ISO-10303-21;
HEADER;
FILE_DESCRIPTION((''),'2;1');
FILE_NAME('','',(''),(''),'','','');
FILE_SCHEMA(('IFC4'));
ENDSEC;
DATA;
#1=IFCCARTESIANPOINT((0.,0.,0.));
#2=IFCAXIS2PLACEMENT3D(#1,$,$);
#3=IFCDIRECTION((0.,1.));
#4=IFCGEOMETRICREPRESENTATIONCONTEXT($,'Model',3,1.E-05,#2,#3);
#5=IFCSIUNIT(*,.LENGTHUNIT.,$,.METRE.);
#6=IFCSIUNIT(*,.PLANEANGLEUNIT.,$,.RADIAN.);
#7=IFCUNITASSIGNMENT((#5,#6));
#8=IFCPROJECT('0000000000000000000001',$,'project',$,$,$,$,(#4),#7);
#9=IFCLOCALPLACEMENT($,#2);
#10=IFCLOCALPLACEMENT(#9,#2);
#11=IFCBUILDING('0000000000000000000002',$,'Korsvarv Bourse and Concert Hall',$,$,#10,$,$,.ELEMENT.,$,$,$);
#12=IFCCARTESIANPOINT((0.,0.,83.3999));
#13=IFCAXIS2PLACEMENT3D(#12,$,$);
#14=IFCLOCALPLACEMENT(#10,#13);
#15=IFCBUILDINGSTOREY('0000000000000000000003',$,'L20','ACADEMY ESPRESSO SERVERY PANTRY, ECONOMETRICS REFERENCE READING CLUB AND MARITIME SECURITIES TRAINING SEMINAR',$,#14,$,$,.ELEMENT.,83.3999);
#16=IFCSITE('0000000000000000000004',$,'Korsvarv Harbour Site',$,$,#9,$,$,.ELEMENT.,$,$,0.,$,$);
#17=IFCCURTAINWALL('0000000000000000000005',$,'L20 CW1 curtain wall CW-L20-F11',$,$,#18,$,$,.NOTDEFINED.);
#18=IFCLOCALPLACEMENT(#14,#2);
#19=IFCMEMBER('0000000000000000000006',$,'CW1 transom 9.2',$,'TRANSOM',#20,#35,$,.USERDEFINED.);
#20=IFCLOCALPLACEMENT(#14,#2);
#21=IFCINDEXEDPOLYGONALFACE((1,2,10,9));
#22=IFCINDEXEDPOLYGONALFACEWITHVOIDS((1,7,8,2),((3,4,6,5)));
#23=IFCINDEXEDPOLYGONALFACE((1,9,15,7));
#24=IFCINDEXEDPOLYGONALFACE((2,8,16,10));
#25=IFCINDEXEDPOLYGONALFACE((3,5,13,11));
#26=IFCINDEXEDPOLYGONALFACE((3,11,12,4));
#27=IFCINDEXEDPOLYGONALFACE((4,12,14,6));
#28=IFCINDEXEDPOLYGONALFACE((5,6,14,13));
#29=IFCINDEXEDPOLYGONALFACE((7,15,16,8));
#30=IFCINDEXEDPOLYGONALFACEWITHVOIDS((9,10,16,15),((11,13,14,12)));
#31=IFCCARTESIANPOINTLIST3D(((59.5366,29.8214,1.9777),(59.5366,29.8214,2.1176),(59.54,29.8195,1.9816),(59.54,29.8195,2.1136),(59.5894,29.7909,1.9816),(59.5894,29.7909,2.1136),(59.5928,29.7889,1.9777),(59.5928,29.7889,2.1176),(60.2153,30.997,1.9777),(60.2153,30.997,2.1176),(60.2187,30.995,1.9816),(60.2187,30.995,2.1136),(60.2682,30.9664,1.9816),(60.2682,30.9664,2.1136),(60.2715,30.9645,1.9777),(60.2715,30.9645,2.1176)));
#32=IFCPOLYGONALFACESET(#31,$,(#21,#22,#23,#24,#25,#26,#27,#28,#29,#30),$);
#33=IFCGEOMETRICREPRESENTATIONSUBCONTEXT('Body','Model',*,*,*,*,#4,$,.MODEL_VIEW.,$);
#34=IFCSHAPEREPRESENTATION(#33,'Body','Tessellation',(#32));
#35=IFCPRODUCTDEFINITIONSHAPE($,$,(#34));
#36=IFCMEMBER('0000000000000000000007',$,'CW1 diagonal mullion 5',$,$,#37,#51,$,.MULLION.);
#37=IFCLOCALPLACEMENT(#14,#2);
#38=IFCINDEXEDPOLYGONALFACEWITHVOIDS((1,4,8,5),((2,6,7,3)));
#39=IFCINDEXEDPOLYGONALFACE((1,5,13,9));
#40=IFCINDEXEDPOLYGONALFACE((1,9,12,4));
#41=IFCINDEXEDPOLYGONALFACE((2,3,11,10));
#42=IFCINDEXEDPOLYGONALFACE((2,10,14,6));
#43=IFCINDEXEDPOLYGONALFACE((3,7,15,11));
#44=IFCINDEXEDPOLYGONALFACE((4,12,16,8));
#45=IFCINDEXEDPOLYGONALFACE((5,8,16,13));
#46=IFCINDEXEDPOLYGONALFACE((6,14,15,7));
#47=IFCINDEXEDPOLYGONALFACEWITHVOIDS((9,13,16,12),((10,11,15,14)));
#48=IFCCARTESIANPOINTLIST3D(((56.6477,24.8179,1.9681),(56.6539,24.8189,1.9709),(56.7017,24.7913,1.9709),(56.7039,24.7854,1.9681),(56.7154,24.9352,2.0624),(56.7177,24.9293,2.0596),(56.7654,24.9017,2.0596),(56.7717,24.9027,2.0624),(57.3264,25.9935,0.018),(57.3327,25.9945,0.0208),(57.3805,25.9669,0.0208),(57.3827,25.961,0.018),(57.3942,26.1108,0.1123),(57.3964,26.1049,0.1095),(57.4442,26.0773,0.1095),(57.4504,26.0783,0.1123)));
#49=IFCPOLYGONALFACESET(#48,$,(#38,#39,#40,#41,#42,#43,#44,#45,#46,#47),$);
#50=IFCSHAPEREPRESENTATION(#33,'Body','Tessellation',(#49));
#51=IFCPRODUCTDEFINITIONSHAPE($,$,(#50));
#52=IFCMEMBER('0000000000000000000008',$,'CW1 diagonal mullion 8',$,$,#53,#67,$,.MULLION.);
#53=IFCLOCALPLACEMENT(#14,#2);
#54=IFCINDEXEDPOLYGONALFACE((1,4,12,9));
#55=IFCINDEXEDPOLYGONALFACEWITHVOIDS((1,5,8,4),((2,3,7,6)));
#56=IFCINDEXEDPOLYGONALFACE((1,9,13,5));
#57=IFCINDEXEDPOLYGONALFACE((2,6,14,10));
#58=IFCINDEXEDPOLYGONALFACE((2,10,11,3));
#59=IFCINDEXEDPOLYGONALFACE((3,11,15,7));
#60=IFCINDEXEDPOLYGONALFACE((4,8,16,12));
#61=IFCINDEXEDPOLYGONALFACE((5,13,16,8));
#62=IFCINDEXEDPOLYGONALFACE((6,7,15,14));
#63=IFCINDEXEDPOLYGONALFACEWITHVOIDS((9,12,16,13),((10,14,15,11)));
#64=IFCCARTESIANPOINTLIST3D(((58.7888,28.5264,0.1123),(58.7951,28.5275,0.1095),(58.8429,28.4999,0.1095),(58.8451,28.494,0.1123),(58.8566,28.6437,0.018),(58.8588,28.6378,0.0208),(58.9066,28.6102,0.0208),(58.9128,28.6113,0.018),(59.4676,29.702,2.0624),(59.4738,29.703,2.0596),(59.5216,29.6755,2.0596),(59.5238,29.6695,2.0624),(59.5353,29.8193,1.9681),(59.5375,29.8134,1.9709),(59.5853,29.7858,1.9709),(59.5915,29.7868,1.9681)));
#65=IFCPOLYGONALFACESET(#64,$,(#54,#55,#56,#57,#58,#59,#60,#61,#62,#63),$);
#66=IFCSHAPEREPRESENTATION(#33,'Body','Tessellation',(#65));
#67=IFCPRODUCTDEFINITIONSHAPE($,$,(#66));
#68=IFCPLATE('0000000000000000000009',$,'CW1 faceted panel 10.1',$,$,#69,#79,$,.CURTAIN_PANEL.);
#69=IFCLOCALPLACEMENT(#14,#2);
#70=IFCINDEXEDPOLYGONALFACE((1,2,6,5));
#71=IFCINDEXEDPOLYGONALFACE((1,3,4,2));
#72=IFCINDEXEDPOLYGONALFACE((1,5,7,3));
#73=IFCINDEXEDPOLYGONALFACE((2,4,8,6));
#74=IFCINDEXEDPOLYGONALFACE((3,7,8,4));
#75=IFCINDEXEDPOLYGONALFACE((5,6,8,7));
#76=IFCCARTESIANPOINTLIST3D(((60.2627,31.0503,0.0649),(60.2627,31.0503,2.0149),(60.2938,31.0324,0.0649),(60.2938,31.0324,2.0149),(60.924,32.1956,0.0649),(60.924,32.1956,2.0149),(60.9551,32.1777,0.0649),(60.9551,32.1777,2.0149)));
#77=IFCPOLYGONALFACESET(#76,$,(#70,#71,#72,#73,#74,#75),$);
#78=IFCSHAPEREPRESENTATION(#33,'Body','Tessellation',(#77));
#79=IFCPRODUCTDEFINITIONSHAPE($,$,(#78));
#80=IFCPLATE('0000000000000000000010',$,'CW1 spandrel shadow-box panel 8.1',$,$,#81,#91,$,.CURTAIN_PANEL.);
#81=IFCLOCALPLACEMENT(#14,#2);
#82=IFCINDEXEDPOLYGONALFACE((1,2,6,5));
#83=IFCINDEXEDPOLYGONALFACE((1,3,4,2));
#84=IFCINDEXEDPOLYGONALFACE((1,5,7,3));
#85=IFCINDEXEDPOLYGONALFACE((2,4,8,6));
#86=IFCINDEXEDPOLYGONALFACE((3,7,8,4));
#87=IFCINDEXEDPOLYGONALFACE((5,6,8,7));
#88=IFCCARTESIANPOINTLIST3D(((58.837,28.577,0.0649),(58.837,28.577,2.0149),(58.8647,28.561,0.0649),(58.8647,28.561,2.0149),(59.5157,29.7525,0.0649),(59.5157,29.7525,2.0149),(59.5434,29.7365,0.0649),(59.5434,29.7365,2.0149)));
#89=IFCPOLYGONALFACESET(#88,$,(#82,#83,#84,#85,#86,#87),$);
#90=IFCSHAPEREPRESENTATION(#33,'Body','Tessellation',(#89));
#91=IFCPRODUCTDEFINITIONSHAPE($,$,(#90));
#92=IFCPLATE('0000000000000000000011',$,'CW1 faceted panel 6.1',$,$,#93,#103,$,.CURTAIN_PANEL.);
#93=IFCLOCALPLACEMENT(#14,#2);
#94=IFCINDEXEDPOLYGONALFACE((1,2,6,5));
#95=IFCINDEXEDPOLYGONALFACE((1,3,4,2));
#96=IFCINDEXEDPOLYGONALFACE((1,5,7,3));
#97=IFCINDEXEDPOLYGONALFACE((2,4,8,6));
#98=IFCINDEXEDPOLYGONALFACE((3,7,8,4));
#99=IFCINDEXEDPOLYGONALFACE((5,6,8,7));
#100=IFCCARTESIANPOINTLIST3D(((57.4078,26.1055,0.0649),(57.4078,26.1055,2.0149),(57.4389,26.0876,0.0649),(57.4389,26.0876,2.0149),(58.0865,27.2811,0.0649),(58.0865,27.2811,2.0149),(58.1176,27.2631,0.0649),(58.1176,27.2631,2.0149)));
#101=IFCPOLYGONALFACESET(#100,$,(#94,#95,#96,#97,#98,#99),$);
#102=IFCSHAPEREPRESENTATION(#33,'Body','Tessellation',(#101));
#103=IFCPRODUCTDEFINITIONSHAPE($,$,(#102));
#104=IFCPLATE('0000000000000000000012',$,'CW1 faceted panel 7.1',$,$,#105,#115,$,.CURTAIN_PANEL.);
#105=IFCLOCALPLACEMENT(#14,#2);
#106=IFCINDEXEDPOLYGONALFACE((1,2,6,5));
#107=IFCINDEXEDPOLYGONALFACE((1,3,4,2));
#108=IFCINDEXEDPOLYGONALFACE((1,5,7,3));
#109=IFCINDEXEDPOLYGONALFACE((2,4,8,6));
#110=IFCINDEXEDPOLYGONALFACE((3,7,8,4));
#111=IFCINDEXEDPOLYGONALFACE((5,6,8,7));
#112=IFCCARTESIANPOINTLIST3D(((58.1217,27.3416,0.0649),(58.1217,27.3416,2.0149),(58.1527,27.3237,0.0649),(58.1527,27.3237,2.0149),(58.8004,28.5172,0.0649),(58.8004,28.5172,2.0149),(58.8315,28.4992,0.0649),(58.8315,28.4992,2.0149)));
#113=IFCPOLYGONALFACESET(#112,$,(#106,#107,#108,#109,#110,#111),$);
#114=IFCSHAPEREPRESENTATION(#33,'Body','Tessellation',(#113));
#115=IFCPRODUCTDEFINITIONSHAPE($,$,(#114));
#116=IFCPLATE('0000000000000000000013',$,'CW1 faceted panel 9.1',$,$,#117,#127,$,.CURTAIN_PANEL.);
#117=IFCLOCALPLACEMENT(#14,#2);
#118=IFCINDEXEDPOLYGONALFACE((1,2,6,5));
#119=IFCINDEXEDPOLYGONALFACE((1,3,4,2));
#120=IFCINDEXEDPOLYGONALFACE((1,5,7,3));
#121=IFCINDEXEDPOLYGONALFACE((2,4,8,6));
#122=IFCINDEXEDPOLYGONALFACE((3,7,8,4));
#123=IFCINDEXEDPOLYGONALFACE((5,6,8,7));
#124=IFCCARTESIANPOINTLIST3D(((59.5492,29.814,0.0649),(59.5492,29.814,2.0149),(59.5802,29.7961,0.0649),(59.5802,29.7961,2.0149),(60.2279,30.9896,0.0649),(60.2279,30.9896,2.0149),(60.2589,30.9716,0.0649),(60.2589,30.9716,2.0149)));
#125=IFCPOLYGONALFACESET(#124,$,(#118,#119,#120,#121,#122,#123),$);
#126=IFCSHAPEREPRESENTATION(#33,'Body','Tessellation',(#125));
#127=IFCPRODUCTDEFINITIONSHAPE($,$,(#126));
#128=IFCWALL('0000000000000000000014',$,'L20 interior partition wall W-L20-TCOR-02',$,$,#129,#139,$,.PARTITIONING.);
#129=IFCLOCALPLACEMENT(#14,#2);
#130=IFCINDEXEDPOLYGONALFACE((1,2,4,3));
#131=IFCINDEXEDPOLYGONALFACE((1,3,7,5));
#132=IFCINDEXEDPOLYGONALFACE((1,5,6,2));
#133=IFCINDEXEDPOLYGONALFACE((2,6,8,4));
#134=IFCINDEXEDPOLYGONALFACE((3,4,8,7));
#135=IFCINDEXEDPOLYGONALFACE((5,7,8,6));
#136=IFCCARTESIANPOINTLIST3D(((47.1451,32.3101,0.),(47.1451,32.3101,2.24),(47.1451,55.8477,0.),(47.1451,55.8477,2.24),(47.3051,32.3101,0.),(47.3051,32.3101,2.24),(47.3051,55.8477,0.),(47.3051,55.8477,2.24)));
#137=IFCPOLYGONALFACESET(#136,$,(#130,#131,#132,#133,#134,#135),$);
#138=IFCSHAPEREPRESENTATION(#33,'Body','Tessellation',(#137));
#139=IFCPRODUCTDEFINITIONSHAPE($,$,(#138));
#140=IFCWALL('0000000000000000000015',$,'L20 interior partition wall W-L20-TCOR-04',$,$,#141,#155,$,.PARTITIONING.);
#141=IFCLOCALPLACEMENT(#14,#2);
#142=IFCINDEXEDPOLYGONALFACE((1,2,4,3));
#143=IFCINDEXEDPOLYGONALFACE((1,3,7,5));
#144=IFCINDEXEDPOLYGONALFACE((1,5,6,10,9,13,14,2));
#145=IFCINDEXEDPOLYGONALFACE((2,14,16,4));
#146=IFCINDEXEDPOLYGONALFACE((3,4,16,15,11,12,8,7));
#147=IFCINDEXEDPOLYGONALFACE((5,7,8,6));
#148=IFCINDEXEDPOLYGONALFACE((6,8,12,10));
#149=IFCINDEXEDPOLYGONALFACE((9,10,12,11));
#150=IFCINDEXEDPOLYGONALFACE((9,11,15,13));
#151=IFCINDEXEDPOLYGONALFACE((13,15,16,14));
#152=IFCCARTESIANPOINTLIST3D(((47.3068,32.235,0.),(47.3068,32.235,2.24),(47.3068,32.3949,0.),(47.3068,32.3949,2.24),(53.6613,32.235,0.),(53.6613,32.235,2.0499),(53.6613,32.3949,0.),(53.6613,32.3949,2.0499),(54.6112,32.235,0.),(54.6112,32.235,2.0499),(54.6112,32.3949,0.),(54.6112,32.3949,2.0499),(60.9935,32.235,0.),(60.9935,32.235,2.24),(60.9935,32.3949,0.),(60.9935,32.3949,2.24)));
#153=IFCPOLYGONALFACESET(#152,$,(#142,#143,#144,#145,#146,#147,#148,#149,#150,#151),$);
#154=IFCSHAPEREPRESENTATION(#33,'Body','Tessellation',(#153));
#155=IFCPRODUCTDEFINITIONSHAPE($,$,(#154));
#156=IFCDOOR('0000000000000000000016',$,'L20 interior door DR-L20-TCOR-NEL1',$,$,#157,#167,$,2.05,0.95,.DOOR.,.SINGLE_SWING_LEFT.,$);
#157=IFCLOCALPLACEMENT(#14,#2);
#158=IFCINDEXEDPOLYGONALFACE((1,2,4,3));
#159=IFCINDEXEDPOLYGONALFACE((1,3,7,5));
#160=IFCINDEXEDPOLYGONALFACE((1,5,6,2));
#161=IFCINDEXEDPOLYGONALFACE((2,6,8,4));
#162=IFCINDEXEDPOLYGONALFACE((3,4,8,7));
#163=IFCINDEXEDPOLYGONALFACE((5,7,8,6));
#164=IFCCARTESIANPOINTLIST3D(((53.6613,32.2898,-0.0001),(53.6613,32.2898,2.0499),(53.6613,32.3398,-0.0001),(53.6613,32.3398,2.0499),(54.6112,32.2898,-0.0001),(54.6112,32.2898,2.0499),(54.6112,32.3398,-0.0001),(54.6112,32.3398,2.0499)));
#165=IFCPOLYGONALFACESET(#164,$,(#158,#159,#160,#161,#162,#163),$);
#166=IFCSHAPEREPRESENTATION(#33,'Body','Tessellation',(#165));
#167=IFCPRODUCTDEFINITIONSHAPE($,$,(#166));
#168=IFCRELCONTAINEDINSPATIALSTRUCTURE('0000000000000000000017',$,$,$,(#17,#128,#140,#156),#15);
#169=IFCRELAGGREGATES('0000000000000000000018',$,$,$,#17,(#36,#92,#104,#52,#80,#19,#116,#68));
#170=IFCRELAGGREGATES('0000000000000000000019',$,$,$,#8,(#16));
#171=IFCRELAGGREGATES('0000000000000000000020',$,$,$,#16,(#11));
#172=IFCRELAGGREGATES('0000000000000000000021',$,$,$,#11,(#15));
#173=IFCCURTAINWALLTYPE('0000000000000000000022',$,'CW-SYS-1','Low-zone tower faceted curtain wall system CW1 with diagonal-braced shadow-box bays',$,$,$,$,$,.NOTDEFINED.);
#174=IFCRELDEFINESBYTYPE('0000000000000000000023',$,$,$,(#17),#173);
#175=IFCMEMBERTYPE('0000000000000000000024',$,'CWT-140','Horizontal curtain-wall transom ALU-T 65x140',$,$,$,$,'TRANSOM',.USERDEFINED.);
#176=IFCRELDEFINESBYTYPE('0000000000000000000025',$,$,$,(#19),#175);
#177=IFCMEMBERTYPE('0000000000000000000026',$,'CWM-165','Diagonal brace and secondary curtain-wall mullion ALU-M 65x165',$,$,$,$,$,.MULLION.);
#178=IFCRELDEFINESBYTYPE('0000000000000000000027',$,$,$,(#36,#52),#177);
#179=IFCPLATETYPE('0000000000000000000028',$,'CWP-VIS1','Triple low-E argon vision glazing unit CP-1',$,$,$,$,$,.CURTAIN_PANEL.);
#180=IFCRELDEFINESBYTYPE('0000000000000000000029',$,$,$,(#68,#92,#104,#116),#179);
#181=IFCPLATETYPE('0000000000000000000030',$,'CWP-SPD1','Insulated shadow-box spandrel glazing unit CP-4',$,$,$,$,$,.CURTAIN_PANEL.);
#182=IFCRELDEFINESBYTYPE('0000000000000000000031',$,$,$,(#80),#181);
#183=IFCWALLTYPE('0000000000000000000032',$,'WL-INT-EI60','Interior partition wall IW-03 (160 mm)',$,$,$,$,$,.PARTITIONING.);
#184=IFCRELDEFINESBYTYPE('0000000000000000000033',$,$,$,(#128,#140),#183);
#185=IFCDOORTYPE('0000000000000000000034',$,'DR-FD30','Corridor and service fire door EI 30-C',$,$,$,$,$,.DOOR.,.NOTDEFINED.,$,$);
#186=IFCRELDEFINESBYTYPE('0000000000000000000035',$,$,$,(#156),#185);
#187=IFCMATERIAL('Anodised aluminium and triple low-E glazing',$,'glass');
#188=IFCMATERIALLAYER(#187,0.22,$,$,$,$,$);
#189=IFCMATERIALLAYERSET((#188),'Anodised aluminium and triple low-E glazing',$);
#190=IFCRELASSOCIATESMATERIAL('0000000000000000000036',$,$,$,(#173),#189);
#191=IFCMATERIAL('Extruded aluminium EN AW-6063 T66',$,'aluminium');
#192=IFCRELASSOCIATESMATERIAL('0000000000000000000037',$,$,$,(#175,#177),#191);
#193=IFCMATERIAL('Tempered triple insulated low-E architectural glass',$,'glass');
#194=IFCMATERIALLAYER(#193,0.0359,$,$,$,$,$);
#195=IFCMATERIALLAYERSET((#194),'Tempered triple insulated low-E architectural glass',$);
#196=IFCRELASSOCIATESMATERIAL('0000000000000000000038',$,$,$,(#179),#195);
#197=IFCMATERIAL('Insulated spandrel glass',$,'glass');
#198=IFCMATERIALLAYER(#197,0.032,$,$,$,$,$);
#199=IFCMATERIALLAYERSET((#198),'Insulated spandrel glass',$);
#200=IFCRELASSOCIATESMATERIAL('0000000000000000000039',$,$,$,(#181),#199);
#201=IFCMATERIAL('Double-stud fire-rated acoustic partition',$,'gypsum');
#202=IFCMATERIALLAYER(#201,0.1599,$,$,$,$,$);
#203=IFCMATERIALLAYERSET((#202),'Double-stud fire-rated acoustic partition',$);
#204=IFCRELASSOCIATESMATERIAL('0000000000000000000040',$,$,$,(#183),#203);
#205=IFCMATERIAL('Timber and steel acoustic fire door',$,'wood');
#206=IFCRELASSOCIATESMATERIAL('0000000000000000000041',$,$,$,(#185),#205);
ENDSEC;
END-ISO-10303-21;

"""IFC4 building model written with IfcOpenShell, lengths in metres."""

from ifc_helpers import new_model, si_unit, direction, frame, frame_2d, origin, origin_2d, place, context, subcontext, project, spatial, rectangle, hollow_rectangle, extrude, source, transform, mapped, material, layer, layer_set, material_profile, profile_set, type_object, element, fill, aggregate, save


model = new_model("IFC4")

# Units and contexts
model_context = context("Model", 3, precision=1e-05, world=origin(), true_north=direction((0.0, 1.0)))
body_context = subcontext(model_context, "Body", "Model", "MODEL_VIEW")
ifc_project = project(units=[si_unit("LENGTHUNIT", "METRE"), si_unit("PLANEANGLEUNIT", "RADIAN")], contexts=[model_context])

# Site, building, storey
site_placement = place(None, origin())
site = spatial("IfcSite", under=ifc_project, at=site_placement, Name="Korsvarv Harbour Site", CompositionType="ELEMENT", RefElevation=0.0)
building_placement = place(site_placement, origin())
building = spatial("IfcBuilding", under=site, at=building_placement, Name="Korsvarv Bourse and Concert Hall", CompositionType="ELEMENT")
storey_placement = place(building_placement, frame((0.0, 0.0, 83.3999)))
storey = spatial("IfcBuildingStorey", under=building, at=storey_placement, Name="L20", Description="ACADEMY ESPRESSO SERVERY PANTRY, ECONOMETRICS REFERENCE READING CLUB AND MARITIME SECURITIES TRAINING SEMINAR", CompositionType="ELEMENT", Elevation=83.3999)

# Curtain wall, members, plates
ifc_material_1 = material(Name="Anodised aluminium and triple low-E glazing", Category="glass")
ifc_layer_1 = layer(ifc_material_1, 0.22)
ifc_layer_set_1 = layer_set([ifc_layer_1], Name="Anodised aluminium and triple low-E glazing")
curtain_wall_type = type_object("IfcCurtainWallType", Name="CW-SYS-1", Description="Low-zone tower faceted curtain wall system CW1 with diagonal-braced shadow-box bays", PredefinedType="NOTDEFINED", material=ifc_layer_set_1)
curtain_wall_placement = place(storey_placement, origin())
curtain_wall = element("IfcCurtainWall", 1, at=curtain_wall_placement, inside=storey, type_object=curtain_wall_type, Name="L20 CW1 curtain wall CW-L20-F11", PredefinedType="NOTDEFINED")
ifc_material_2 = material(Name="Extruded aluminium EN AW-6063 T66", Category="aluminium")
ifc_material_profile_1 = material_profile(ifc_material_2, hollow_rectangle(XDim=0.0649, YDim=0.1399, WallThickness=0.0039, at=origin_2d()), Name="ALU-T 65x140")
ifc_profile_set_1 = profile_set([ifc_material_profile_1], Name="Extruded aluminium EN AW-6063 T66")
member_type_1 = type_object("IfcMemberType", Name="CWT-140", Description="Horizontal curtain-wall transom ALU-T 65x140", ElementType="TRANSOM", PredefinedType="USERDEFINED", material=ifc_profile_set_1)
shared_shape_1 = source(origin(), body_context, "Body", "SweptSolid", [
    extrude(hollow_rectangle(XDim=0.0649, YDim=0.1399, WallThickness=0.0039, at=origin_2d()), origin(), (0.0, 0.0, 1.0), 1.3574),
])
member_1_placement = place(storey_placement, frame((59.5647, 29.8052, 2.0476), z_axis=(0.500008, 0.866021, 0.0), x_axis=(-0.866021, 0.500008, 0.0)))
member_1 = element("IfcMember", 2, at=member_1_placement, type_object=member_type_1, Name="CW1 transom 9.2", ObjectType="TRANSOM", PredefinedType="USERDEFINED", context=body_context, shape_type="MappedRepresentation", body=[
    mapped(shared_shape_1, transform((0.0, 0.0, 0.0), scale=1.0)),
])
ifc_material_profile_2 = material_profile(ifc_material_2, hollow_rectangle(XDim=0.0649, YDim=0.165, WallThickness=0.0049, at=origin_2d()), Name="ALU-M 65x165")
ifc_profile_set_2 = profile_set([ifc_material_profile_2], Name="Extruded aluminium EN AW-6063 T66")
member_type_2 = type_object("IfcMemberType", Name="CWM-165", Description="Diagonal brace and secondary curtain-wall mullion ALU-M 65x165", PredefinedType="MULLION", material=ifc_profile_set_2)
shared_shape_2 = source(origin(), body_context, "Body", "SweptSolid", [
    extrude(hollow_rectangle(XDim=0.0649, YDim=0.165, WallThickness=0.0049, at=origin_2d()), origin(), (0.0, 0.0, 1.0), 2.376),
])
member_2_placement = place(storey_placement, frame((57.3884, 26.0359, 0.0652), z_axis=(-0.285666, -0.494778, 0.820725), x_axis=(0.866021, -0.500008, 0.0)))
member_2 = element("IfcMember", 3, at=member_2_placement, type_object=member_type_2, Name="CW1 diagonal mullion 5", PredefinedType="MULLION", context=body_context, shape_type="MappedRepresentation", body=[
    mapped(shared_shape_2, transform((0.0, 0.0, 0.0), scale=1.0)),
])
member_3_placement = place(storey_placement, frame((58.8508, 28.5688, 0.0652), z_axis=(0.285666, 0.494778, 0.820725), x_axis=(-0.866021, 0.500008, 0.0)))
member_3 = element("IfcMember", 4, at=member_3_placement, type_object=member_type_2, Name="CW1 diagonal mullion 8", PredefinedType="MULLION", context=body_context, shape_type="MappedRepresentation", body=[
    mapped(shared_shape_2, transform((0.0, 0.0, 0.0), scale=1.0)),
])
ifc_material_3 = material(Name="Tempered triple insulated low-E architectural glass", Category="glass")
ifc_layer_2 = layer(ifc_material_3, 0.0359)
ifc_layer_set_2 = layer_set([ifc_layer_2], Name="Tempered triple insulated low-E architectural glass")
plate_type_1 = type_object("IfcPlateType", Name="CWP-VIS1", Description="Triple low-E argon vision glazing unit CP-1", PredefinedType="CURTAIN_PANEL", material=ifc_layer_set_2)
shared_shape_3 = source(origin(), body_context, "Body", "SweptSolid", [
    extrude(rectangle(XDim=1.3225, YDim=0.0359, at=origin_2d()), origin(), (0.0, 0.0, 1.0), 1.95),
])
plate_1_placement = place(storey_placement, frame((60.6089, 31.614, 0.0649), z_axis=(0.0, 0.0, 1.0), x_axis=(0.500002, 0.866024, 0.0)))
plate_1 = element("IfcPlate", 5, at=plate_1_placement, type_object=plate_type_1, Name="CW1 faceted panel 10.1", PredefinedType="CURTAIN_PANEL", context=body_context, shape_type="MappedRepresentation", body=[
    mapped(shared_shape_3, transform((0.0, 0.0, 0.0), scale=1.0)),
])
ifc_material_4 = material(Name="Insulated spandrel glass", Category="glass")
ifc_layer_3 = layer(ifc_material_4, 0.032)
ifc_layer_set_3 = layer_set([ifc_layer_3], Name="Insulated spandrel glass")
plate_type_2 = type_object("IfcPlateType", Name="CWP-SPD1", Description="Insulated shadow-box spandrel glazing unit CP-4", PredefinedType="CURTAIN_PANEL", material=ifc_layer_set_3)
shared_shape_4 = source(origin(), body_context, "Body", "SweptSolid", [
    extrude(rectangle(XDim=1.3574, YDim=0.032, at=origin_2d()), origin(), (0.0, 0.0, 1.0), 1.95),
])
plate_2_placement = place(storey_placement, frame((59.1902, 29.1567, 0.0649), z_axis=(0.0, 0.0, 1.0), x_axis=(0.500002, 0.866024, 0.0)))
plate_2 = element("IfcPlate", 6, at=plate_2_placement, type_object=plate_type_2, Name="CW1 spandrel shadow-box panel 8.1", PredefinedType="CURTAIN_PANEL", context=body_context, shape_type="MappedRepresentation", body=[
    mapped(shared_shape_4, transform((0.0, 0.0, 0.0), scale=1.0)),
])
shared_shape_5 = source(origin(), body_context, "Body", "SweptSolid", [
    extrude(rectangle(XDim=1.3574, YDim=0.0359, at=origin_2d()), origin(), (0.0, 0.0, 1.0), 1.95),
])
plate_3_placement = place(storey_placement, frame((57.7627, 26.6843, 0.0649), z_axis=(0.0, 0.0, 1.0), x_axis=(0.500002, 0.866024, 0.0)))
plate_3 = element("IfcPlate", 7, at=plate_3_placement, type_object=plate_type_1, Name="CW1 faceted panel 6.1", PredefinedType="CURTAIN_PANEL", context=body_context, shape_type="MappedRepresentation", body=[
    mapped(shared_shape_5, transform((0.0, 0.0, 0.0), scale=1.0)),
])
plate_4_placement = place(storey_placement, frame((58.4766, 27.9204, 0.0649), z_axis=(0.0, 0.0, 1.0), x_axis=(0.500002, 0.866024, 0.0)))
plate_4 = element("IfcPlate", 8, at=plate_4_placement, type_object=plate_type_1, Name="CW1 faceted panel 7.1", PredefinedType="CURTAIN_PANEL", context=body_context, shape_type="MappedRepresentation", body=[
    mapped(shared_shape_5, transform((0.0, 0.0, 0.0), scale=1.0)),
])
plate_5_placement = place(storey_placement, frame((59.9041, 30.3928, 0.0649), z_axis=(0.0, 0.0, 1.0), x_axis=(0.500002, 0.866024, 0.0)))
plate_5 = element("IfcPlate", 9, at=plate_5_placement, type_object=plate_type_1, Name="CW1 faceted panel 9.1", PredefinedType="CURTAIN_PANEL", context=body_context, shape_type="MappedRepresentation", body=[
    mapped(shared_shape_5, transform((0.0, 0.0, 0.0), scale=1.0)),
])
aggregate(curtain_wall, [member_2, plate_3, plate_4, member_3, plate_2, member_1, plate_5, plate_1])

# Wall
ifc_material_5 = material(Name="Double-stud fire-rated acoustic partition", Category="gypsum")
ifc_layer_4 = layer(ifc_material_5, 0.1599)
ifc_layer_set_4 = layer_set([ifc_layer_4], Name="Double-stud fire-rated acoustic partition")
wall_type_1 = type_object("IfcWallType", Name="WL-INT-EI60", Description="Interior partition wall IW-03 (160 mm)", PredefinedType="PARTITIONING", material=ifc_layer_set_4)
wall_1_placement = place(storey_placement, frame((47.2251, 32.3101, 0.0), z_axis=(0.0, 0.0, 1.0), x_axis=(0.0, 1.0, 0.0)))
element("IfcWall", 10, at=wall_1_placement, inside=storey, type_object=wall_type_1, Name="L20 interior partition wall W-L20-TCOR-02", PredefinedType="PARTITIONING", context=body_context, shape_type="SweptSolid", body=[
    extrude(rectangle(XDim=23.5376, YDim=0.1599, at=frame_2d((11.7688, 0.0))), origin(), (0.0, 0.0, 1.0), 2.24),
])

# Wall, opening, door
wall_2_placement = place(storey_placement, frame((47.3069, 32.3149, 0.0), z_axis=(0.0, 0.0, 1.0), x_axis=(1.0, 0.0, 0.0)))
wall_2 = element("IfcWall", 11, at=wall_2_placement, inside=storey, type_object=wall_type_1, Name="L20 interior partition wall W-L20-TCOR-04", PredefinedType="PARTITIONING", context=body_context, shape_type="SweptSolid", body=[
    extrude(rectangle(XDim=13.6868, YDim=0.1599, at=frame_2d((6.8433, 0.0))), origin(), (0.0, 0.0, 1.0), 2.24),
])
opening_placement = place(wall_2_placement, frame((6.3542, 0.0, 0.0)))
opening = element("IfcOpeningElement", 12, at=opening_placement, cuts=wall_2, PredefinedType="OPENING", context=body_context, shape_type="SweptSolid", body=[
    extrude(rectangle(XDim=0.95, YDim=2.05, at=frame_2d((0.4751, 1.0249))), frame((0.0, 0.0898, 0.0), z_axis=(0.0, -1.0, 0.0), x_axis=(1.0, 0.0, 0.0)), (0.0, 0.0, 1.0), 0.1799),
])
ifc_material_6 = material(Name="Timber and steel acoustic fire door", Category="wood")
door_type = type_object("IfcDoorType", Name="DR-FD30", Description="Corridor and service fire door EI 30-C", OperationType="NOTDEFINED", PredefinedType="DOOR", material=ifc_material_6)
door_placement = place(opening_placement, origin())
door = element("IfcDoor", 13, at=door_placement, inside=storey, type_object=door_type, Name="L20 interior door DR-L20-TCOR-NEL1", OperationType="SINGLE_SWING_LEFT", OverallHeight=2.05, OverallWidth=0.95, PredefinedType="DOOR", context=body_context, shape_type="SweptSolid", body=[
    extrude(rectangle(XDim=0.95, YDim=2.05, at=frame_2d((0.4751, 1.0249))), frame((0.0, 0.0249, 0.0), z_axis=(0.0, -1.0, 0.0), x_axis=(1.0, 0.0, 0.0)), (0.0, 0.0, 1.0), 0.05),
])
fill(opening, door)

save(model, "model.ifc")
